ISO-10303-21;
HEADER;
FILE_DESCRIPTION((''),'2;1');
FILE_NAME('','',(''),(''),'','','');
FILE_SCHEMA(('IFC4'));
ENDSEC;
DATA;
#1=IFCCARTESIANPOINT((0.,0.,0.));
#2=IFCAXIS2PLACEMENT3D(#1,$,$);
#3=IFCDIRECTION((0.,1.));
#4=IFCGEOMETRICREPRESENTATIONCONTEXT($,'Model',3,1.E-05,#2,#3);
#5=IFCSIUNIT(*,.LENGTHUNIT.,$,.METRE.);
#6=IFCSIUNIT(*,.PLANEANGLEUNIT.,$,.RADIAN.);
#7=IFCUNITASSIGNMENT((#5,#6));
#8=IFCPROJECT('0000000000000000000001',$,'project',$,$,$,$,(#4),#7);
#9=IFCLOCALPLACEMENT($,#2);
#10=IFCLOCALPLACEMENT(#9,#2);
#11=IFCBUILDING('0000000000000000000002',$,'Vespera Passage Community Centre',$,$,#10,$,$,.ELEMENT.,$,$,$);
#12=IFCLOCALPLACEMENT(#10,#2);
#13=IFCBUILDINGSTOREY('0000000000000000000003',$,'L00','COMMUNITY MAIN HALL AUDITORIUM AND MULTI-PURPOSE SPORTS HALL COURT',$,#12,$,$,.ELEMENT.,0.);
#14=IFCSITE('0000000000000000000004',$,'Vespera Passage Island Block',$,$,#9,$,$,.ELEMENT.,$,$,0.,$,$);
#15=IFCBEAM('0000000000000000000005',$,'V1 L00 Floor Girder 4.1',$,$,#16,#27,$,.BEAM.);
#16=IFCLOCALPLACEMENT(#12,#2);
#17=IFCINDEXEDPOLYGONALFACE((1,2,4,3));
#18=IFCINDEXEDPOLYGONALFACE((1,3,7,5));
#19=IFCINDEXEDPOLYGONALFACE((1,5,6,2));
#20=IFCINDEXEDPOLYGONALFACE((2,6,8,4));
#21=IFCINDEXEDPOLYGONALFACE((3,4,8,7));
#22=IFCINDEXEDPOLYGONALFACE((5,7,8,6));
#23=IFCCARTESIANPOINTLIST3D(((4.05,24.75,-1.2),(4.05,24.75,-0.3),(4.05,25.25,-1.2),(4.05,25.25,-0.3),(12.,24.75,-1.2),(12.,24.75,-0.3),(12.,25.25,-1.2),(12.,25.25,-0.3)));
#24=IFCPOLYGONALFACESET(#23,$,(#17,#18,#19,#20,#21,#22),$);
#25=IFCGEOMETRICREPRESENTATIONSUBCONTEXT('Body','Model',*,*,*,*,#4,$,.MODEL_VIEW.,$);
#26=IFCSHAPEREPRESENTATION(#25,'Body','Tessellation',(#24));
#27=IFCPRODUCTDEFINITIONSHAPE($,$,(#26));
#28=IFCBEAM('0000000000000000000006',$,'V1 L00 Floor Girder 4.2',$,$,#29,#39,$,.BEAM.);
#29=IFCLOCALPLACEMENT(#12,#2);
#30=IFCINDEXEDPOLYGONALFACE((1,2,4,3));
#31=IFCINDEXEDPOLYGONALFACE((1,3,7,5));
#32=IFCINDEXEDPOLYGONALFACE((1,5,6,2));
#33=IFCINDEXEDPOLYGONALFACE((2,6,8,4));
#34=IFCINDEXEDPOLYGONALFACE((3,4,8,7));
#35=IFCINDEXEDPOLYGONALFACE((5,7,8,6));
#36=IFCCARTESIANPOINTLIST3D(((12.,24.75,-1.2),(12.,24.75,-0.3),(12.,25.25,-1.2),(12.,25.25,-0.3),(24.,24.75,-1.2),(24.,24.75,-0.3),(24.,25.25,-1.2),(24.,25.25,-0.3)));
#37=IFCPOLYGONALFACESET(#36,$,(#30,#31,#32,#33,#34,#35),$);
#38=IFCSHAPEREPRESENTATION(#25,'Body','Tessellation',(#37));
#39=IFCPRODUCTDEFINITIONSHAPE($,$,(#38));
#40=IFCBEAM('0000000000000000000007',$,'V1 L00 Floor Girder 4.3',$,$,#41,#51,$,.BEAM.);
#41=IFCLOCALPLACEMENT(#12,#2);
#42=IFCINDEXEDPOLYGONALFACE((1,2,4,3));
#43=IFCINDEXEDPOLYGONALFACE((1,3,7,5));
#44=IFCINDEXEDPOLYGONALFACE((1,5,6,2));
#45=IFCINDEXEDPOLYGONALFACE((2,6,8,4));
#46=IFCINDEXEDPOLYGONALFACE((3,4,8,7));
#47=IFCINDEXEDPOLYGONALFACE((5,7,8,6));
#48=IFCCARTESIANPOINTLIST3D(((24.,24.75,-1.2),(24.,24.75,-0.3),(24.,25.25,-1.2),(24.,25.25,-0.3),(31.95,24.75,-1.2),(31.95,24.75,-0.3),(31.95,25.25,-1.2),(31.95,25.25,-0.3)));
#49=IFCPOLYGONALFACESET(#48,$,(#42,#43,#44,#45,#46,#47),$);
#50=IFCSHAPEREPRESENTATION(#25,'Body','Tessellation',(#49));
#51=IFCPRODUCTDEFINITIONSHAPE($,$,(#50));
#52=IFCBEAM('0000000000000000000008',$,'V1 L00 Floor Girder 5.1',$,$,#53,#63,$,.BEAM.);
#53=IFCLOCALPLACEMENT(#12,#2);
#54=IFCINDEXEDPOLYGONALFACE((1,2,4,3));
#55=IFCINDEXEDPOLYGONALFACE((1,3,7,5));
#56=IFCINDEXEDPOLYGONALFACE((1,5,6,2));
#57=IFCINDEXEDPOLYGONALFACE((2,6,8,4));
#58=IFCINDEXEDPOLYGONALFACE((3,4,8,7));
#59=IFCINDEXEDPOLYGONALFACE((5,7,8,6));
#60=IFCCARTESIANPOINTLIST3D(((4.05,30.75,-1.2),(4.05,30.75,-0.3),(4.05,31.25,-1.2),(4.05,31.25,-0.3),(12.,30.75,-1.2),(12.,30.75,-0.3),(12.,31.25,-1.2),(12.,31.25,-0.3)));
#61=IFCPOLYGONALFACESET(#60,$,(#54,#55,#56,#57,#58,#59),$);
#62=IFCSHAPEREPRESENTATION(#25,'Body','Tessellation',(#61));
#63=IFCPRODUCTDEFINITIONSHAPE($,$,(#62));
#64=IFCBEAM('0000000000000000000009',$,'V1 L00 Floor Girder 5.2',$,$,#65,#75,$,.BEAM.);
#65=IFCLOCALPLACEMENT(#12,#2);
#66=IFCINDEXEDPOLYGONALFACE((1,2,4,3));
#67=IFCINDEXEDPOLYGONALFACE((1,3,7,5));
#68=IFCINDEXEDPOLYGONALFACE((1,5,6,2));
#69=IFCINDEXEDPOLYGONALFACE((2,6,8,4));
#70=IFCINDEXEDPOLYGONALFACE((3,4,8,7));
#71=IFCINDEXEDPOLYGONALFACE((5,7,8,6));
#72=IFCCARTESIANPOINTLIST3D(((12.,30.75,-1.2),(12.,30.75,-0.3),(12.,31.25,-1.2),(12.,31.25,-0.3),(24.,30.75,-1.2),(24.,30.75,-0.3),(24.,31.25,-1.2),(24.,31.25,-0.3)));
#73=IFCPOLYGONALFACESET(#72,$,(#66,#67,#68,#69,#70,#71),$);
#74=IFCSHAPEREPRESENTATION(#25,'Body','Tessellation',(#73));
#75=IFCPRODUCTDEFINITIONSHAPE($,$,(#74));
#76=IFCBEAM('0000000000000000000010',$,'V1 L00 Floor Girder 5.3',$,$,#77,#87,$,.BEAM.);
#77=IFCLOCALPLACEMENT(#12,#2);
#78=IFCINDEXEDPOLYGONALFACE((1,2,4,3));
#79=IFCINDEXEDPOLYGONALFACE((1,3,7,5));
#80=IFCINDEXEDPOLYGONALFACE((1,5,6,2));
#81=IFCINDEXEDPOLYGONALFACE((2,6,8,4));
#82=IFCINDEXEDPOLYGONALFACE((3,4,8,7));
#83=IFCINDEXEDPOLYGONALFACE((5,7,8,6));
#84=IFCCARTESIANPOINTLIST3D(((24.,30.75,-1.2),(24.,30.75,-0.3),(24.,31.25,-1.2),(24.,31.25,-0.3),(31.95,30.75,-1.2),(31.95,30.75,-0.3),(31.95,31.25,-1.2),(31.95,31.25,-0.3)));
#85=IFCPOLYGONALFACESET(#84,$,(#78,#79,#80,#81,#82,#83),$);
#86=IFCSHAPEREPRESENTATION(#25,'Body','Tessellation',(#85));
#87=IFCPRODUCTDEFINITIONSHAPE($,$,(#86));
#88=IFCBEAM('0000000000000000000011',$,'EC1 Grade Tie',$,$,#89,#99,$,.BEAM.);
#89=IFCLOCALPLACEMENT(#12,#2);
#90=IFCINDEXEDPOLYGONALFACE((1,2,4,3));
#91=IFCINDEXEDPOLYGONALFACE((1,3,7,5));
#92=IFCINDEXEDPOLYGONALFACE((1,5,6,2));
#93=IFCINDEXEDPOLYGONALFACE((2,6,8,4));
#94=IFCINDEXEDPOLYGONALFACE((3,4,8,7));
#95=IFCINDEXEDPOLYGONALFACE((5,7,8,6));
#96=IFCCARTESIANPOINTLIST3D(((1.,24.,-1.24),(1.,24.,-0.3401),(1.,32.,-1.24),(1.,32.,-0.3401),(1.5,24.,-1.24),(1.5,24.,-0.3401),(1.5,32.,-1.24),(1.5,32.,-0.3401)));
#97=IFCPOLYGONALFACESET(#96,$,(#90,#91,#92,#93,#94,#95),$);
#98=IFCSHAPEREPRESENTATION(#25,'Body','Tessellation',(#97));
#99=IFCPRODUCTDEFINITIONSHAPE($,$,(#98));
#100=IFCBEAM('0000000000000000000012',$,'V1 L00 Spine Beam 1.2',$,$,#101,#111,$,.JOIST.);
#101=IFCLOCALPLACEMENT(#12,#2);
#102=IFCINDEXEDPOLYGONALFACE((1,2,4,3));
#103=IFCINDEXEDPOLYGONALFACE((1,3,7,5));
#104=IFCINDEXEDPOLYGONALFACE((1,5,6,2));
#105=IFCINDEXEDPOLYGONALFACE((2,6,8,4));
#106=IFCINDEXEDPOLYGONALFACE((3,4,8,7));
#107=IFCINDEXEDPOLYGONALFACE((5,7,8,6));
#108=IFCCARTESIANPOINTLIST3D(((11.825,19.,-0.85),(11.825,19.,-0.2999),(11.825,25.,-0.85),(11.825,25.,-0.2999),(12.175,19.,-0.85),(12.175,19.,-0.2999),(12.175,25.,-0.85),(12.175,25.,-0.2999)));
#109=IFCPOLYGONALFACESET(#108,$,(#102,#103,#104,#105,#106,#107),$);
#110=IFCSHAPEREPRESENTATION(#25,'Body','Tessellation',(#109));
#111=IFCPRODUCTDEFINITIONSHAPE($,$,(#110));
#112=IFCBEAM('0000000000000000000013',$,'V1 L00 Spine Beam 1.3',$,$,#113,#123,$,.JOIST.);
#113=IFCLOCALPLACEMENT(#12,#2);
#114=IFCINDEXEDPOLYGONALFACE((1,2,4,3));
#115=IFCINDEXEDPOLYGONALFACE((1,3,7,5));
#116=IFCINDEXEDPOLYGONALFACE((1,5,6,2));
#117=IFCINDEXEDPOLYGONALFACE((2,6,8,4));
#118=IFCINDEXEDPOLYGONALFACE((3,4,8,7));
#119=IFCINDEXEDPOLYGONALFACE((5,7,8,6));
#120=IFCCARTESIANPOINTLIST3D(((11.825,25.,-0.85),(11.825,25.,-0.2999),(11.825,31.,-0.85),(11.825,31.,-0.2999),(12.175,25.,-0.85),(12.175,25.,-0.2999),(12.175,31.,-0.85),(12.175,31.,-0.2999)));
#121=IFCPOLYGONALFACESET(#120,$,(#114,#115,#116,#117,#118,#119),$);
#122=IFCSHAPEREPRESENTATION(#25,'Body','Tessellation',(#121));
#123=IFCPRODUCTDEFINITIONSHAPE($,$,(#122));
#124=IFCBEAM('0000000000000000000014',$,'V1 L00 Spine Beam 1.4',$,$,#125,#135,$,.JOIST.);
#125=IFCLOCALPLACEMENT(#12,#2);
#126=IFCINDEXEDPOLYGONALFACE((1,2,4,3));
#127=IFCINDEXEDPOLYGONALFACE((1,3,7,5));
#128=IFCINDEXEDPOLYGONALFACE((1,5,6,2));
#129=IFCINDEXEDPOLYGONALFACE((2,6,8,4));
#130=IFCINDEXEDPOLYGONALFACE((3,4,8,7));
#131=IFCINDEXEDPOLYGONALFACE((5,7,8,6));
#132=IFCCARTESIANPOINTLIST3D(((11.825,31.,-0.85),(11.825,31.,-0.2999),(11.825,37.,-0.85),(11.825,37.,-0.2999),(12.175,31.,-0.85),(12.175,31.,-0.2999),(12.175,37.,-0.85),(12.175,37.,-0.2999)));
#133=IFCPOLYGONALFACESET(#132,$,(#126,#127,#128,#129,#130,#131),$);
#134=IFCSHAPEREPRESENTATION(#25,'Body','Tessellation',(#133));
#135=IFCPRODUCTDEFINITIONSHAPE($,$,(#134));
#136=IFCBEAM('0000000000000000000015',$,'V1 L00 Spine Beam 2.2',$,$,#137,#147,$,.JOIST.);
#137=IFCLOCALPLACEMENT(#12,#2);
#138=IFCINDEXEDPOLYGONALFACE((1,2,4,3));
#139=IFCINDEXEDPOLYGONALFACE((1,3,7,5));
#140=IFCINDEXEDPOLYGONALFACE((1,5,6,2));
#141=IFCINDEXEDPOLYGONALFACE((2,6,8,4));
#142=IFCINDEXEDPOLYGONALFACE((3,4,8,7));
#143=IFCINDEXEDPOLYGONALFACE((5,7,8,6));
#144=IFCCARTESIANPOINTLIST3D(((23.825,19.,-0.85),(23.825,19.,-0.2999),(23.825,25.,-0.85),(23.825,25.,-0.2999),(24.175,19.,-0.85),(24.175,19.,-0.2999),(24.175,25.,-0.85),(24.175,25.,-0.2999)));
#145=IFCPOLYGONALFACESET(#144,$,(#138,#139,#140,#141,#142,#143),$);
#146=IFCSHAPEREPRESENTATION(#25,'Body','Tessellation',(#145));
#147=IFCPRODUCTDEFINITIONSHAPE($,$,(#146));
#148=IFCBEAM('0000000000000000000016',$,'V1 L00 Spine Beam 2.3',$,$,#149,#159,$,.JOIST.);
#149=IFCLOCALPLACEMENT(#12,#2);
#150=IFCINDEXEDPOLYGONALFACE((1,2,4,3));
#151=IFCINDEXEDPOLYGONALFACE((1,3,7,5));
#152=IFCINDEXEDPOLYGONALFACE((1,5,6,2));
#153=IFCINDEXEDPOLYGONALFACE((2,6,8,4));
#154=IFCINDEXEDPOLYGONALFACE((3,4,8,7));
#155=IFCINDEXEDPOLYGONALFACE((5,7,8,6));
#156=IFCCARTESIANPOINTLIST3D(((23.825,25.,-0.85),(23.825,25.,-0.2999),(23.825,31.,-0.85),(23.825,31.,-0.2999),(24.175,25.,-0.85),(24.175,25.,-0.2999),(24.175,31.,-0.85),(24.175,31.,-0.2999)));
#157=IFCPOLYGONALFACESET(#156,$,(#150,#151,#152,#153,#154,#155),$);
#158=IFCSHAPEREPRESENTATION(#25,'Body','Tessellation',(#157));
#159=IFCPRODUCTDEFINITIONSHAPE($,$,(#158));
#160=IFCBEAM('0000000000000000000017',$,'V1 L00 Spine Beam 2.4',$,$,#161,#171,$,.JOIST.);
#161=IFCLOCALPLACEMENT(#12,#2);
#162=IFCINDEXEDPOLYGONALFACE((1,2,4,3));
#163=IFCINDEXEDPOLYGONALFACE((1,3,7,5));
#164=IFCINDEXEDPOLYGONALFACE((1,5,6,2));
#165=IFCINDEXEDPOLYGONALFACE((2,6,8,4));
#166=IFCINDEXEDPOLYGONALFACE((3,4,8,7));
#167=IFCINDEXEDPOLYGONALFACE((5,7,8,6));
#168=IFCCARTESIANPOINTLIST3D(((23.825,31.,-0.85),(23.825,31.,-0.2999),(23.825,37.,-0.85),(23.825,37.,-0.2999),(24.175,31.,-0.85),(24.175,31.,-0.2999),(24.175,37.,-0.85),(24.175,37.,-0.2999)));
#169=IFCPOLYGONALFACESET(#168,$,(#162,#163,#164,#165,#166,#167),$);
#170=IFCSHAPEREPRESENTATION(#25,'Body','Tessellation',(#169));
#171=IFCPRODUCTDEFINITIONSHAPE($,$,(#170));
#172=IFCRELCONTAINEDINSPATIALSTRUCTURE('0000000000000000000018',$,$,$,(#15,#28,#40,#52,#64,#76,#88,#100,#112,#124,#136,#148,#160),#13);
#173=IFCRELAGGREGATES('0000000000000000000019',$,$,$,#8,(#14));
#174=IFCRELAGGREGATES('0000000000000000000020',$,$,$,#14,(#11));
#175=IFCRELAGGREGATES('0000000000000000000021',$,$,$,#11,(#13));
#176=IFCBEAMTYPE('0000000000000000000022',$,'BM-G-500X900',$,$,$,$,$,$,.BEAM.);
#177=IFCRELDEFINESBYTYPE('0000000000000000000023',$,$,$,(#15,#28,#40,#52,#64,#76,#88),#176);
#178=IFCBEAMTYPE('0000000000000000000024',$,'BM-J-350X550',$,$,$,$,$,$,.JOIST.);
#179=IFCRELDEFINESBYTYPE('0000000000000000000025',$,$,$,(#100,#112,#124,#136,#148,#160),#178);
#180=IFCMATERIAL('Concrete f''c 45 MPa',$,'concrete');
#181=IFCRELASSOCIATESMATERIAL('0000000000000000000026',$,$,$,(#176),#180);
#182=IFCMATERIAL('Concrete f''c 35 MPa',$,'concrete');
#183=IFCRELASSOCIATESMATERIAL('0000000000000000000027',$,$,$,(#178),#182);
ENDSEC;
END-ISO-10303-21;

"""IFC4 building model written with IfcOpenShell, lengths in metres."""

from ifc_helpers import new_model, si_unit, direction, frame, origin, origin_2d, place, context, subcontext, project, spatial, rectangle, extrude, material, material_profile, profile_set, type_object, element, save


model = new_model("IFC4")

# Units and contexts
model_context = context("Model", 3, precision=1e-05, world=origin(), true_north=direction((0.0, 1.0)))
body_context = subcontext(model_context, "Body", "Model", "MODEL_VIEW")
ifc_project = project(units=[si_unit("LENGTHUNIT", "METRE"), si_unit("PLANEANGLEUNIT", "RADIAN")], contexts=[model_context])

# Site, building, storey
site_placement = place(None, origin())
site = spatial("IfcSite", under=ifc_project, at=site_placement, Name="Vespera Passage Island Block", CompositionType="ELEMENT", RefElevation=0.0)
building_placement = place(site_placement, origin())
building = spatial("IfcBuilding", under=site, at=building_placement, Name="Vespera Passage Community Centre", CompositionType="ELEMENT")
storey_placement = place(building_placement, origin())
storey = spatial("IfcBuildingStorey", under=building, at=storey_placement, Name="L00", Description="COMMUNITY MAIN HALL AUDITORIUM AND MULTI-PURPOSE SPORTS HALL COURT", CompositionType="ELEMENT", Elevation=0.0)

# Beams
ifc_material_1 = material(Name="Concrete f'c 45 MPa", Category="concrete")
ifc_material_profile_1 = material_profile(ifc_material_1, rectangle(XDim=0.5, YDim=0.8999, at=origin_2d()), Name="RC500X900")
ifc_profile_set_1 = profile_set([ifc_material_profile_1], Name="Concrete f'c 45 MPa")
beam_type_1 = type_object("IfcBeamType", Name="BM-G-500X900", PredefinedType="BEAM", material=ifc_profile_set_1)
for number, where, z_axis, x_axis, name in (
    (1, (4.05, 25.0, -0.75), (1.0, 0.0, 0.0), (0.0, 1.0, 0.0), "V1 L00 Floor Girder 4.1"),
):
    element("IfcBeam", number, at=place(storey_placement, frame(where, z_axis=z_axis, x_axis=x_axis)), inside=storey, type_object=beam_type_1, Name=name, PredefinedType="BEAM", context=body_context, shape_type="SweptSolid", body=[
        extrude(rectangle(XDim=0.5, YDim=0.8999, at=origin_2d()), origin(), (0.0, 0.0, 1.0), 7.95),
    ])
beam_1_placement = place(storey_placement, frame((12.0, 25.0, -0.75), z_axis=(1.0, 0.0, 0.0), x_axis=(0.0, 1.0, 0.0)))
element("IfcBeam", 2, at=beam_1_placement, inside=storey, type_object=beam_type_1, Name="V1 L00 Floor Girder 4.2", PredefinedType="BEAM", context=body_context, shape_type="SweptSolid", body=[
    extrude(rectangle(XDim=0.5, YDim=0.8999, at=origin_2d()), origin(), (0.0, 0.0, 1.0), 12.0),
])
for number, where, z_axis, x_axis, name in (
    (3, (24.0, 25.0, -0.75), (1.0, 0.0, 0.0), (0.0, 1.0, 0.0), "V1 L00 Floor Girder 4.3"),
    (4, (4.05, 31.0, -0.75), (1.0, 0.0, 0.0), (0.0, 1.0, 0.0), "V1 L00 Floor Girder 5.1"),
):
    element("IfcBeam", number, at=place(storey_placement, frame(where, z_axis=z_axis, x_axis=x_axis)), inside=storey, type_object=beam_type_1, Name=name, PredefinedType="BEAM", context=body_context, shape_type="SweptSolid", body=[
        extrude(rectangle(XDim=0.5, YDim=0.8999, at=origin_2d()), origin(), (0.0, 0.0, 1.0), 7.95),
    ])
beam_2_placement = place(storey_placement, frame((12.0, 31.0, -0.75), z_axis=(1.0, 0.0, 0.0), x_axis=(0.0, 1.0, 0.0)))
element("IfcBeam", 5, at=beam_2_placement, inside=storey, type_object=beam_type_1, Name="V1 L00 Floor Girder 5.2", PredefinedType="BEAM", context=body_context, shape_type="SweptSolid", body=[
    extrude(rectangle(XDim=0.5, YDim=0.8999, at=origin_2d()), origin(), (0.0, 0.0, 1.0), 12.0),
])
beam_3_placement = place(storey_placement, frame((24.0, 31.0, -0.75), z_axis=(1.0, 0.0, 0.0), x_axis=(0.0, 1.0, 0.0)))
element("IfcBeam", 6, at=beam_3_placement, inside=storey, type_object=beam_type_1, Name="V1 L00 Floor Girder 5.3", PredefinedType="BEAM", context=body_context, shape_type="SweptSolid", body=[
    extrude(rectangle(XDim=0.5, YDim=0.8999, at=origin_2d()), origin(), (0.0, 0.0, 1.0), 7.95),
])
beam_4_placement = place(storey_placement, frame((1.25, 24.0, -0.79), z_axis=(0.0, 1.0, 0.0), x_axis=(-1.0, 0.0, 0.0)))
element("IfcBeam", 7, at=beam_4_placement, inside=storey, type_object=beam_type_1, Name="EC1 Grade Tie", PredefinedType="BEAM", context=body_context, shape_type="SweptSolid", body=[
    extrude(rectangle(XDim=0.5, YDim=0.8999, at=origin_2d()), origin(), (0.0, 0.0, 1.0), 8.0),
])
ifc_material_2 = material(Name="Concrete f'c 35 MPa", Category="concrete")
ifc_material_profile_2 = material_profile(ifc_material_2, rectangle(XDim=0.3501, YDim=0.55, at=origin_2d()), Name="RC350X550")
ifc_profile_set_2 = profile_set([ifc_material_profile_2], Name="Concrete f'c 35 MPa")
beam_type_2 = type_object("IfcBeamType", Name="BM-J-350X550", PredefinedType="JOIST", material=ifc_profile_set_2)
for number, where, z_axis, x_axis, name in (
    (8, (12.0, 19.0, -0.575), (0.0, 1.0, 0.0), (-1.0, 0.0, 0.0), "V1 L00 Spine Beam 1.2"),
    (9, (12.0, 25.0, -0.575), (0.0, 1.0, 0.0), (-1.0, 0.0, 0.0), "V1 L00 Spine Beam 1.3"),
    (10, (12.0, 31.0, -0.575), (0.0, 1.0, 0.0), (-1.0, 0.0, 0.0), "V1 L00 Spine Beam 1.4"),
    (11, (24.0, 19.0, -0.575), (0.0, 1.0, 0.0), (-1.0, 0.0, 0.0), "V1 L00 Spine Beam 2.2"),
    (12, (24.0, 25.0, -0.575), (0.0, 1.0, 0.0), (-1.0, 0.0, 0.0), "V1 L00 Spine Beam 2.3"),
    (13, (24.0, 31.0, -0.575), (0.0, 1.0, 0.0), (-1.0, 0.0, 0.0), "V1 L00 Spine Beam 2.4"),
):
    element("IfcBeam", number, at=place(storey_placement, frame(where, z_axis=z_axis, x_axis=x_axis)), inside=storey, type_object=beam_type_2, Name=name, PredefinedType="JOIST", context=body_context, shape_type="SweptSolid", body=[
        extrude(rectangle(XDim=0.3501, YDim=0.55, at=origin_2d()), origin(), (0.0, 0.0, 1.0), 6.0),
    ])

save(model, "model.ifc")
